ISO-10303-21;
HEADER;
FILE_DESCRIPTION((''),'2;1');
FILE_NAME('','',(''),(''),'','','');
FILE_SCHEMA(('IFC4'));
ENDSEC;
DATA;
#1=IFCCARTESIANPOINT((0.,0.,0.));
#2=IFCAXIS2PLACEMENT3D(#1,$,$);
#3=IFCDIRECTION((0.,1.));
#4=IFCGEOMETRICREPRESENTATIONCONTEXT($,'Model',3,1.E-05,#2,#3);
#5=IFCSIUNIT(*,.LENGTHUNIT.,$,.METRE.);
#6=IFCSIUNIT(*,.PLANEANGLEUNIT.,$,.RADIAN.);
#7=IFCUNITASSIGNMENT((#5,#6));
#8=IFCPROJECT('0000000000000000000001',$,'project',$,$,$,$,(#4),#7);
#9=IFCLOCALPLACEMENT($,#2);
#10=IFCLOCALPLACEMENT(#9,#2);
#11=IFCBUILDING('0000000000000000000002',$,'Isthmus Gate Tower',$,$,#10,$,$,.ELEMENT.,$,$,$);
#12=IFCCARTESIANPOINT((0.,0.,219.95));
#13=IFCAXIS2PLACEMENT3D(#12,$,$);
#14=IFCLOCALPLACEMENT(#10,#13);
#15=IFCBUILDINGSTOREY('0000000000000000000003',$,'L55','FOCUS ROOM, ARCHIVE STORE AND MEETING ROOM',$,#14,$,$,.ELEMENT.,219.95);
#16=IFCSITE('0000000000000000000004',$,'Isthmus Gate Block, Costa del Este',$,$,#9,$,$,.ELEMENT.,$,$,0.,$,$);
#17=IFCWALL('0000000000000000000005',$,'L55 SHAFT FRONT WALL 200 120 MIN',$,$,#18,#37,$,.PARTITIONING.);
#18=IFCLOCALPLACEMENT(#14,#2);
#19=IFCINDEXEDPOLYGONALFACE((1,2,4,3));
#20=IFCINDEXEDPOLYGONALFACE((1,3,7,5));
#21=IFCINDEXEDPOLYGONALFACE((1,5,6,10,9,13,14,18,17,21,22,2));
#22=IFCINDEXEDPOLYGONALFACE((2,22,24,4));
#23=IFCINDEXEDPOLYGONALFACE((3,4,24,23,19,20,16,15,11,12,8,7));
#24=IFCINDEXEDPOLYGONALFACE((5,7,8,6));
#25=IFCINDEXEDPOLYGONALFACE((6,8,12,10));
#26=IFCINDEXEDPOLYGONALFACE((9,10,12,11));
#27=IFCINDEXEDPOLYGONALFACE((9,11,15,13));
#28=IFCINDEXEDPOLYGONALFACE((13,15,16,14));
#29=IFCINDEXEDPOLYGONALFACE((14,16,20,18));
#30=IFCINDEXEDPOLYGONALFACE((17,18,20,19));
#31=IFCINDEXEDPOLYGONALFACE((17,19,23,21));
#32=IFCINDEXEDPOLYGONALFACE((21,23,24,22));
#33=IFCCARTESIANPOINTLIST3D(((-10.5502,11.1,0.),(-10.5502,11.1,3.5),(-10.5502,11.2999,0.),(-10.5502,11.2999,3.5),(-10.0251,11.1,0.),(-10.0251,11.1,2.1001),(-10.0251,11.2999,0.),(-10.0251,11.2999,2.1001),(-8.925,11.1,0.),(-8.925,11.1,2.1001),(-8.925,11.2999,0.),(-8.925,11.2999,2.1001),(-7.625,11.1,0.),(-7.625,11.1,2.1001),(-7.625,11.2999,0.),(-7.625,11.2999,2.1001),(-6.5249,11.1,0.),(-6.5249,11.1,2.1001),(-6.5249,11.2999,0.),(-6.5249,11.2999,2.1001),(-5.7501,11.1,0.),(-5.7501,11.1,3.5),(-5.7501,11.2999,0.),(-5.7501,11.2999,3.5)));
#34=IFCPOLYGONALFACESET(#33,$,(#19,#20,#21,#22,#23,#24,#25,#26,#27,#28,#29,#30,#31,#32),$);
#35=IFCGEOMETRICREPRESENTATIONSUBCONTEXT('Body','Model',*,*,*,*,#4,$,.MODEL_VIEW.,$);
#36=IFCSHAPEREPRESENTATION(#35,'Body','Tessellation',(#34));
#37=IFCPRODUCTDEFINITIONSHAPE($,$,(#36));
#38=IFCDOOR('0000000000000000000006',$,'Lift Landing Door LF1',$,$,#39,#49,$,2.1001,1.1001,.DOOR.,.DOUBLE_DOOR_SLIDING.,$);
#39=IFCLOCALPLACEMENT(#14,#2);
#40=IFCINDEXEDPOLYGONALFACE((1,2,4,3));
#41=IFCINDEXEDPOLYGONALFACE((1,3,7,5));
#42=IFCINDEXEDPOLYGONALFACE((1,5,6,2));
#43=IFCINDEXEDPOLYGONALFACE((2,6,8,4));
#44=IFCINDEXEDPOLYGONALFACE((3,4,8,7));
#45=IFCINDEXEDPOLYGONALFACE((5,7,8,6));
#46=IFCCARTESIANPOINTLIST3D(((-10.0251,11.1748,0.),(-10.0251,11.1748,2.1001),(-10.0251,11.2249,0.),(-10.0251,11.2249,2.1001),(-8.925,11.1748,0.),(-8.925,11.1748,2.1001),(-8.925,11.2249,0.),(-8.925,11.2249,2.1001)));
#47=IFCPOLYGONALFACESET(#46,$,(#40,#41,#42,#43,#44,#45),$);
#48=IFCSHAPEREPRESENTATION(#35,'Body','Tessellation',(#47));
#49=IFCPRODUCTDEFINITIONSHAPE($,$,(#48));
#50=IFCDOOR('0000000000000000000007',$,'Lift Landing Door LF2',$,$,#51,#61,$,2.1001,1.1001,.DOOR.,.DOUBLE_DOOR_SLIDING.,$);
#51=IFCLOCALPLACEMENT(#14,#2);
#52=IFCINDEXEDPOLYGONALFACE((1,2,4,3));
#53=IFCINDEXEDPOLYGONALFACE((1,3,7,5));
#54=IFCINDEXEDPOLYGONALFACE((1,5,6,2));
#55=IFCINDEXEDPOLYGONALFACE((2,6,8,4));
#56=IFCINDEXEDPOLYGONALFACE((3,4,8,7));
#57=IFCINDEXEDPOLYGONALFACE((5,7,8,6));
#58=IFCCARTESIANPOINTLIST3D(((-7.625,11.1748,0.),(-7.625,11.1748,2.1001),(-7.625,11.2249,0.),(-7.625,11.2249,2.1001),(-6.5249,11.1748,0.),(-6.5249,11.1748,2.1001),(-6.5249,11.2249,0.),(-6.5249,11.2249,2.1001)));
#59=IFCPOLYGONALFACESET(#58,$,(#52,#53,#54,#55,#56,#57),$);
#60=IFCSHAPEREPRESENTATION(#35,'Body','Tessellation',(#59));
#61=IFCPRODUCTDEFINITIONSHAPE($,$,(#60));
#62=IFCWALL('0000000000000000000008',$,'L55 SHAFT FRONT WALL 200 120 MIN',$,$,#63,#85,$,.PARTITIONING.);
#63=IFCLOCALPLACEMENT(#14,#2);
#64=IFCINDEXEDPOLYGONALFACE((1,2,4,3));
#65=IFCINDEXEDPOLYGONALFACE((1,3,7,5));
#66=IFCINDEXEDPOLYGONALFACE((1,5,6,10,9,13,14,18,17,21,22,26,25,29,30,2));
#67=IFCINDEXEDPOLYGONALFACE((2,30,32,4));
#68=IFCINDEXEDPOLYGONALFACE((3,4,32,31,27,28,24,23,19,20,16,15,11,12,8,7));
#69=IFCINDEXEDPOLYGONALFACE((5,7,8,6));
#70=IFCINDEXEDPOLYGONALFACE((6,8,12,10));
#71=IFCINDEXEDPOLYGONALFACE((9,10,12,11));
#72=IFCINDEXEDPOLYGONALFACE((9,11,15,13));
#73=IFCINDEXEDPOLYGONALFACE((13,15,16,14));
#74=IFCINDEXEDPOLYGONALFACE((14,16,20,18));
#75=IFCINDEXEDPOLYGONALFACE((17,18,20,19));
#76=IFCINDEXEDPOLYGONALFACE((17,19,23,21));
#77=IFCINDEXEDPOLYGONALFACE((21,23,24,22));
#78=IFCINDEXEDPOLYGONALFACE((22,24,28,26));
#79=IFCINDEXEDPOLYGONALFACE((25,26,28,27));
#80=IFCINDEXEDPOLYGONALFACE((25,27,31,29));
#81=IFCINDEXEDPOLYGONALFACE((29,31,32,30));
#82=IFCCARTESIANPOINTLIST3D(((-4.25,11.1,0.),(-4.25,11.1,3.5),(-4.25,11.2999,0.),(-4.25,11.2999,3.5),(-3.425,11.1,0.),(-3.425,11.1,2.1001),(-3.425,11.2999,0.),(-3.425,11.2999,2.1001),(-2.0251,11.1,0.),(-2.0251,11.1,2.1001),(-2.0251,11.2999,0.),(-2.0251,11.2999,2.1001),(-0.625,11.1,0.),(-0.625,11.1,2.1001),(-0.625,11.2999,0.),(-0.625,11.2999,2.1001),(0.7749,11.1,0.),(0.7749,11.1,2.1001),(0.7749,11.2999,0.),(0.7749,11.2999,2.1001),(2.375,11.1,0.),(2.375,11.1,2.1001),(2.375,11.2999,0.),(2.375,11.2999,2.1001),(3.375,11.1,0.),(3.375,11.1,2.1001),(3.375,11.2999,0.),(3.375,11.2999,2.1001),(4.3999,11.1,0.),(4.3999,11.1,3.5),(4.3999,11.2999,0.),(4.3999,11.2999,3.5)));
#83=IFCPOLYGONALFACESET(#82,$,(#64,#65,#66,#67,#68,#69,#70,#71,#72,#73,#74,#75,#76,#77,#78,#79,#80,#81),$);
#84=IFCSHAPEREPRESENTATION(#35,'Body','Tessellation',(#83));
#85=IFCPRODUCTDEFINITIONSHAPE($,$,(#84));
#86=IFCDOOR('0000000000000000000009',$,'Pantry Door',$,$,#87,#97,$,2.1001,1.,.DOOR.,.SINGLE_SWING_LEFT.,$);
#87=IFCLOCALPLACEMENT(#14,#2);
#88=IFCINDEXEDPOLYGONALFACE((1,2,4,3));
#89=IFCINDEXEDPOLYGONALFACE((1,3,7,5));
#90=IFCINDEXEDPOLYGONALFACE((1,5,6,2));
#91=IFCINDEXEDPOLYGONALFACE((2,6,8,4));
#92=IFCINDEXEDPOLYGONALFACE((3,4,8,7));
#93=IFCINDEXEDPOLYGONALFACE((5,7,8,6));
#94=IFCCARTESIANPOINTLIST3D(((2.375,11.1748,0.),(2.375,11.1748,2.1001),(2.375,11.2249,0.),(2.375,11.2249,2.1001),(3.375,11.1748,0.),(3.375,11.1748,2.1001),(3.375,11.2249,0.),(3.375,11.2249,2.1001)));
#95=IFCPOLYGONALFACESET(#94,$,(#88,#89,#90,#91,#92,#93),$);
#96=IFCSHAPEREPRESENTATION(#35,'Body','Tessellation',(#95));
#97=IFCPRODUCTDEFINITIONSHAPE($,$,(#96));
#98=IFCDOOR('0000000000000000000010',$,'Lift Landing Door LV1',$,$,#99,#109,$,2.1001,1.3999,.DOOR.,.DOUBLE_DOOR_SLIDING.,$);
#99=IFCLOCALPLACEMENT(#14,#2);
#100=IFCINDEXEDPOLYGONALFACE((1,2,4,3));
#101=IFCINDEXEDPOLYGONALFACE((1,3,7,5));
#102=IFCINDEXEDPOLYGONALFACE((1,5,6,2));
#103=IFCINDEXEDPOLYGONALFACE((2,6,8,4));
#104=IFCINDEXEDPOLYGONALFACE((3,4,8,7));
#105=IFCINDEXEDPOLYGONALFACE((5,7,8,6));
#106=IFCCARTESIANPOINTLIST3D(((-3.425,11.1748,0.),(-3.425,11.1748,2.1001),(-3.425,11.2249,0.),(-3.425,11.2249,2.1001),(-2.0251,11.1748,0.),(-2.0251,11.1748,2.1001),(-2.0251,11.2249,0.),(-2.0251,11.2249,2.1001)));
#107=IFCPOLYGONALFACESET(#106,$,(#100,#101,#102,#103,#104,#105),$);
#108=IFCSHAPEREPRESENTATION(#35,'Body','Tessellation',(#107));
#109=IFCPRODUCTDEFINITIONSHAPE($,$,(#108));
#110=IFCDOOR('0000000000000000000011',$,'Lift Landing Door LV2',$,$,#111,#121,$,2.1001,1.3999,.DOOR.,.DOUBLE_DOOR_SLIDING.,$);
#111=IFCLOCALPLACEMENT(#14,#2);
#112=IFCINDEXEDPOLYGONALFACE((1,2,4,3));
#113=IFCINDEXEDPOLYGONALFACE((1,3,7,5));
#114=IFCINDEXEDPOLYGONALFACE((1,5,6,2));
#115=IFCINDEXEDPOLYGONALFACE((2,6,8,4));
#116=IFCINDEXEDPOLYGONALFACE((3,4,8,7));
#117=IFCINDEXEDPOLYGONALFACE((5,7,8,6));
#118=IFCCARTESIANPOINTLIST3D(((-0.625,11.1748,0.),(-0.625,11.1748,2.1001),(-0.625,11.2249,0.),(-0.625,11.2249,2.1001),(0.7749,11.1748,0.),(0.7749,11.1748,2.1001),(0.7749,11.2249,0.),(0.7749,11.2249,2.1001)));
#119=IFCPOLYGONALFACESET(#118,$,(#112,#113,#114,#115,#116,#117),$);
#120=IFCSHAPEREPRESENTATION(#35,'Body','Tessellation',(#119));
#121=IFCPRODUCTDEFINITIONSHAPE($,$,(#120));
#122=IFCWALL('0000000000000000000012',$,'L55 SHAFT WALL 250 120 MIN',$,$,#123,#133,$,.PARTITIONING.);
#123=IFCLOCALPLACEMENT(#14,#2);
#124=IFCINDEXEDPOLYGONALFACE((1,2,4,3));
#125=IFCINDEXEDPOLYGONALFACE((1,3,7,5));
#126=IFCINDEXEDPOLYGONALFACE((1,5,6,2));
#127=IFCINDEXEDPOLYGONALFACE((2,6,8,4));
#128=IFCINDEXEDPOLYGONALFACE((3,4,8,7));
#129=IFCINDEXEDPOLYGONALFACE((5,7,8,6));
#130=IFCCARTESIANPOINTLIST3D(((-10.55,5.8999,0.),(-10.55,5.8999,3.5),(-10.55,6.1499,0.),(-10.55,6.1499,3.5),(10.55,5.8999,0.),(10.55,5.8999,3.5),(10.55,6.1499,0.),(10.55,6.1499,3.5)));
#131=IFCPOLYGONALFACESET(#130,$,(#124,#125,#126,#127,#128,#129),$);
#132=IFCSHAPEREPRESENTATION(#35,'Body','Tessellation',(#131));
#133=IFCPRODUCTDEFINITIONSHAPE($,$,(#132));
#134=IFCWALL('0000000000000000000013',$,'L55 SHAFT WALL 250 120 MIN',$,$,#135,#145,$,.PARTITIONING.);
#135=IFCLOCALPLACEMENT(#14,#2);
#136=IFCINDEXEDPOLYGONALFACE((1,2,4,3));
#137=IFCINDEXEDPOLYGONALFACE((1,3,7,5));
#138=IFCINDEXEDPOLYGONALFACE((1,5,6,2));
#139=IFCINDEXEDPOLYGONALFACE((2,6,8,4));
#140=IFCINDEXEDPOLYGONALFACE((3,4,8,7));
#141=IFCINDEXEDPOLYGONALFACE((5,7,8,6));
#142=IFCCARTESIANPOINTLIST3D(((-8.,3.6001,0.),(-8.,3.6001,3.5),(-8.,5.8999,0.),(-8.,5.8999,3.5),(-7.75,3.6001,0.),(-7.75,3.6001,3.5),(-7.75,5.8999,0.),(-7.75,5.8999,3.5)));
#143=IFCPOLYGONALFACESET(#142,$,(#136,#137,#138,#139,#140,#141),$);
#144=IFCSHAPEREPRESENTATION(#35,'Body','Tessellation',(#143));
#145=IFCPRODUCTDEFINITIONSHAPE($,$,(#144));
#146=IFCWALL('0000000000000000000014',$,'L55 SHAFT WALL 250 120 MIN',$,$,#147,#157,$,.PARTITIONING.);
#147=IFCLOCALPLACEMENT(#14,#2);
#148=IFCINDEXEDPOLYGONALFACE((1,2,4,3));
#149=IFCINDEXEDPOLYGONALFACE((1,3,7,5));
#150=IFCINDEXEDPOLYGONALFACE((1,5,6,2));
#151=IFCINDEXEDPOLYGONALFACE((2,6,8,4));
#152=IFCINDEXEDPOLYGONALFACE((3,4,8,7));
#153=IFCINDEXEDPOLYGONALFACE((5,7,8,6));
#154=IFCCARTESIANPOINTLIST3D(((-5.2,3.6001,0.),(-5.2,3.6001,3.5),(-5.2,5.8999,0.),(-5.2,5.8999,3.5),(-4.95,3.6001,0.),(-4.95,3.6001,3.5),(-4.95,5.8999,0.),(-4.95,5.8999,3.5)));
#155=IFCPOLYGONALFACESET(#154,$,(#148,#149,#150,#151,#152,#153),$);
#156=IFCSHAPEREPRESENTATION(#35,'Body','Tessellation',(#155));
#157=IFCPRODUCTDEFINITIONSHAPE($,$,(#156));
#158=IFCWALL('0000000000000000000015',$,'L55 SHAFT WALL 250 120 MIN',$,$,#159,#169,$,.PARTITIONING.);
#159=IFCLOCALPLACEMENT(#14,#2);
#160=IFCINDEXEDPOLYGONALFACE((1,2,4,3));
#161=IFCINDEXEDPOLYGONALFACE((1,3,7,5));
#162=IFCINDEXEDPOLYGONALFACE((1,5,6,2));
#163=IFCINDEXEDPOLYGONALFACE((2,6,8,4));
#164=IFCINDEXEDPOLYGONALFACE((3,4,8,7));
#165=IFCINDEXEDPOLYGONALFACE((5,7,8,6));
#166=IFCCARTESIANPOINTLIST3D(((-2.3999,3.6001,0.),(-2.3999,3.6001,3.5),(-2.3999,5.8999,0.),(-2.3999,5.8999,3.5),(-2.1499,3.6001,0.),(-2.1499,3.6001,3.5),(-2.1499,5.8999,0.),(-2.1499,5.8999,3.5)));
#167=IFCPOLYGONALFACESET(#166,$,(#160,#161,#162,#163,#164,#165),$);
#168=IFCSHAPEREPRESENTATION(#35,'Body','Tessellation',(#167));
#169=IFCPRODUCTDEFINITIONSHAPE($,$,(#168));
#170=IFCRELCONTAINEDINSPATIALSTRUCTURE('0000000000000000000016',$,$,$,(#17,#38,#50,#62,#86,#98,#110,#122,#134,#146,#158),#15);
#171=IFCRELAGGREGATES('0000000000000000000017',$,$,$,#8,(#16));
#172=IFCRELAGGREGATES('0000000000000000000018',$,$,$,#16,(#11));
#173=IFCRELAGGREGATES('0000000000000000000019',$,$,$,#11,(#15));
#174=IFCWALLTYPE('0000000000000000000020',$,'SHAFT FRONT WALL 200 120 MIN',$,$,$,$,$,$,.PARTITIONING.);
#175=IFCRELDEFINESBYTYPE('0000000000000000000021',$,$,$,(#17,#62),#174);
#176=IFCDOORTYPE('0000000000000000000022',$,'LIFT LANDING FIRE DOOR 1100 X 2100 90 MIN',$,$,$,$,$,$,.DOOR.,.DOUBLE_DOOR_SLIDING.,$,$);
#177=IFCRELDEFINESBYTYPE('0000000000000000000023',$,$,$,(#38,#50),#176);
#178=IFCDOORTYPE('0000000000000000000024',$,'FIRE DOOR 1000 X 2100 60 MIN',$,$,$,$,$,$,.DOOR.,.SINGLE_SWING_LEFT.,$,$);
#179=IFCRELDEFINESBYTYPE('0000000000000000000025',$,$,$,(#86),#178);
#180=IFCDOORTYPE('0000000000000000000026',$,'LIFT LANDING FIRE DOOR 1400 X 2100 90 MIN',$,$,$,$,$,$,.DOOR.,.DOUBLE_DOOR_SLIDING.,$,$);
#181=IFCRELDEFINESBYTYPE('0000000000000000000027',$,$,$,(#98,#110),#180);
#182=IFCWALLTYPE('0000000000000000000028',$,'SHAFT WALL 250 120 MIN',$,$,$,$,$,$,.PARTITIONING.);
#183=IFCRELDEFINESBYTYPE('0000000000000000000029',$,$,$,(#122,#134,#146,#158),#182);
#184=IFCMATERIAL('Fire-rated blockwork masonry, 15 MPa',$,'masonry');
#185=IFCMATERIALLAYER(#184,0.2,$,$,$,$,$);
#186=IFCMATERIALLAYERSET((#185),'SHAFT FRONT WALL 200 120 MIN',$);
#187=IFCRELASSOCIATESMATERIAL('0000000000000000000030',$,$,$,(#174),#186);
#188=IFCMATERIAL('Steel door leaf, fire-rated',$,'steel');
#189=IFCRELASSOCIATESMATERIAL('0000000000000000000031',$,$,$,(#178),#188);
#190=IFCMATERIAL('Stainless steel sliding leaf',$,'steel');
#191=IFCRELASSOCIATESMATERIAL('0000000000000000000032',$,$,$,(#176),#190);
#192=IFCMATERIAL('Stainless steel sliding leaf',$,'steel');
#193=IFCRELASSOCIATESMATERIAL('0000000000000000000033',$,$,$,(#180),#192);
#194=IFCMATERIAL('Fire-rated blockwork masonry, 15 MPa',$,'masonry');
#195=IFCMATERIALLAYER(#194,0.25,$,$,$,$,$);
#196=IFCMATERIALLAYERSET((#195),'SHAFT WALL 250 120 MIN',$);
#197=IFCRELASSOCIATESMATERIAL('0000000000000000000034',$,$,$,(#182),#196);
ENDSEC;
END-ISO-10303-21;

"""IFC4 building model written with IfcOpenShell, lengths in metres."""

from ifc_helpers import new_model, si_unit, direction, frame, frame_2d, origin, place, context, subcontext, project, spatial, rectangle, extrude, material, layer, layer_set, type_object, element, fill, save


model = new_model("IFC4")

# Units and contexts
model_context = context("Model", 3, precision=1e-05, world=origin(), true_north=direction((0.0, 1.0)))
body_context = subcontext(model_context, "Body", "Model", "MODEL_VIEW")
ifc_project = project(units=[si_unit("LENGTHUNIT", "METRE"), si_unit("PLANEANGLEUNIT", "RADIAN")], contexts=[model_context])

# Site, building, storey
site_placement = place(None, origin())
site = spatial("IfcSite", under=ifc_project, at=site_placement, Name="Isthmus Gate Block, Costa del Este", CompositionType="ELEMENT", RefElevation=0.0)
building_placement = place(site_placement, origin())
building = spatial("IfcBuilding", under=site, at=building_placement, Name="Isthmus Gate Tower", CompositionType="ELEMENT")
storey_placement = place(building_placement, frame((0.0, 0.0, 219.95)))
storey = spatial("IfcBuildingStorey", under=building, at=storey_placement, Name="L55", Description="FOCUS ROOM, ARCHIVE STORE AND MEETING ROOM", CompositionType="ELEMENT", Elevation=219.95)

# Walls, openings, doors
ifc_material_1 = material(Name="Fire-rated blockwork masonry, 15 MPa", Category="masonry")
ifc_layer_1 = layer(ifc_material_1, 0.2)
ifc_layer_set_1 = layer_set([ifc_layer_1], Name="SHAFT FRONT WALL 200 120 MIN")
wall_type_1 = type_object("IfcWallType", Name="SHAFT FRONT WALL 200 120 MIN", PredefinedType="PARTITIONING", material=ifc_layer_set_1)
ifc_material_2 = material(Name="Steel door leaf, fire-rated", Category="steel")
door_type_1 = type_object("IfcDoorType", Name="FIRE DOOR 1000 X 2100 60 MIN", OperationType="SINGLE_SWING_LEFT", PredefinedType="DOOR", material=ifc_material_2)
wall_1_placement = place(storey_placement, frame((-10.55, 11.2, 0.0), z_axis=(0.0, 0.0, 1.0), x_axis=(1.0, 0.0, 0.0)))
wall_1 = element("IfcWall", 1, at=wall_1_placement, inside=storey, type_object=wall_type_1, Name="L55 SHAFT FRONT WALL 200 120 MIN", PredefinedType="PARTITIONING", context=body_context, shape_type="SweptSolid", body=[
    extrude(rectangle(XDim=4.8, YDim=0.2, at=frame_2d((2.3999, 0.0))), origin(), (0.0, 0.0, 1.0), 3.5),
])
opening_1_placement = place(wall_1_placement, frame((0.5249, 0.0, 0.0)))
opening_1 = element("IfcOpeningElement", 2, at=opening_1_placement, cuts=wall_1, PredefinedType="OPENING", context=body_context, shape_type="SweptSolid", body=[
    extrude(rectangle(XDim=1.1001, YDim=2.1001, at=frame_2d((0.55, 1.05))), frame((0.0, 0.1099, 0.0), z_axis=(0.0, -1.0, 0.0), x_axis=(1.0, 0.0, 0.0)), (0.0, 0.0, 1.0), 0.22),
])
opening_2_placement = place(wall_1_placement, frame((2.925, 0.0, 0.0)))
opening_2 = element("IfcOpeningElement", 3, at=opening_2_placement, cuts=wall_1, PredefinedType="OPENING", context=body_context, shape_type="SweptSolid", body=[
    extrude(rectangle(XDim=1.1001, YDim=2.1001, at=frame_2d((0.55, 1.05))), frame((0.0, 0.1099, 0.0), z_axis=(0.0, -1.0, 0.0), x_axis=(1.0, 0.0, 0.0)), (0.0, 0.0, 1.0), 0.22),
])
ifc_material_3 = material(Name="Stainless steel sliding leaf", Category="steel")
door_type_2 = type_object("IfcDoorType", Name="LIFT LANDING FIRE DOOR 1100 X 2100 90 MIN", OperationType="DOUBLE_DOOR_SLIDING", PredefinedType="DOOR", material=ifc_material_3)
door_1_placement = place(opening_1_placement, origin())
door_1 = element("IfcDoor", 4, at=door_1_placement, inside=storey, type_object=door_type_2, Name="Lift Landing Door LF1", OperationType="DOUBLE_DOOR_SLIDING", OverallHeight=2.1001, OverallWidth=1.1001, PredefinedType="DOOR", context=body_context, shape_type="SweptSolid", body=[
    extrude(rectangle(XDim=1.1001, YDim=2.1001, at=frame_2d((0.55, 1.05))), frame((0.0, 0.0249, 0.0), z_axis=(0.0, -1.0, 0.0), x_axis=(1.0, 0.0, 0.0)), (0.0, 0.0, 1.0), 0.05),
])
fill(opening_1, door_1)
door_2_placement = place(opening_2_placement, origin())
door_2 = element("IfcDoor", 5, at=door_2_placement, inside=storey, type_object=door_type_2, Name="Lift Landing Door LF2", OperationType="DOUBLE_DOOR_SLIDING", OverallHeight=2.1001, OverallWidth=1.1001, PredefinedType="DOOR", context=body_context, shape_type="SweptSolid", body=[
    extrude(rectangle(XDim=1.1001, YDim=2.1001, at=frame_2d((0.55, 1.05))), frame((0.0, 0.0249, 0.0), z_axis=(0.0, -1.0, 0.0), x_axis=(1.0, 0.0, 0.0)), (0.0, 0.0, 1.0), 0.05),
])
fill(opening_2, door_2)
wall_2_placement = place(storey_placement, frame((-4.25, 11.2, 0.0), z_axis=(0.0, 0.0, 1.0), x_axis=(1.0, 0.0, 0.0)))
wall_2 = element("IfcWall", 6, at=wall_2_placement, inside=storey, type_object=wall_type_1, Name="L55 SHAFT FRONT WALL 200 120 MIN", PredefinedType="PARTITIONING", context=body_context, shape_type="SweptSolid", body=[
    extrude(rectangle(XDim=8.6499, YDim=0.2, at=frame_2d((4.325, 0.0))), origin(), (0.0, 0.0, 1.0), 3.5),
])
opening_3_placement = place(wall_2_placement, frame((0.825, 0.0, 0.0)))
opening_3 = element("IfcOpeningElement", 7, at=opening_3_placement, cuts=wall_2, PredefinedType="OPENING", context=body_context, shape_type="SweptSolid", body=[
    extrude(rectangle(XDim=1.3999, YDim=2.1001, at=frame_2d((0.7, 1.05))), frame((0.0, 0.1099, 0.0), z_axis=(0.0, -1.0, 0.0), x_axis=(1.0, 0.0, 0.0)), (0.0, 0.0, 1.0), 0.22),
])
opening_4_placement = place(wall_2_placement, frame((3.625, 0.0, 0.0)))
opening_4 = element("IfcOpeningElement", 8, at=opening_4_placement, cuts=wall_2, PredefinedType="OPENING", context=body_context, shape_type="SweptSolid", body=[
    extrude(rectangle(XDim=1.3999, YDim=2.1001, at=frame_2d((0.7, 1.05))), frame((0.0, 0.1099, 0.0), z_axis=(0.0, -1.0, 0.0), x_axis=(1.0, 0.0, 0.0)), (0.0, 0.0, 1.0), 0.22),
])
opening_5_placement = place(wall_2_placement, frame((6.625, 0.0, 0.0)))
opening_5 = element("IfcOpeningElement", 9, at=opening_5_placement, cuts=wall_2, PredefinedType="OPENING", context=body_context, shape_type="SweptSolid", body=[
    extrude(rectangle(XDim=1.0, YDim=2.1001, at=frame_2d((0.5, 1.05))), frame((0.0, 0.1099, 0.0), z_axis=(0.0, -1.0, 0.0), x_axis=(1.0, 0.0, 0.0)), (0.0, 0.0, 1.0), 0.22),
])
door_3_placement = place(opening_5_placement, origin())
door_3 = element("IfcDoor", 10, at=door_3_placement, inside=storey, type_object=door_type_1, Name="Pantry Door", OperationType="SINGLE_SWING_LEFT", OverallHeight=2.1001, OverallWidth=1.0, PredefinedType="DOOR", context=body_context, shape_type="SweptSolid", body=[
    extrude(rectangle(XDim=1.0, YDim=2.1001, at=frame_2d((0.5, 1.05))), frame((0.0, 0.0249, 0.0), z_axis=(0.0, -1.0, 0.0), x_axis=(1.0, 0.0, 0.0)), (0.0, 0.0, 1.0), 0.05),
])
fill(opening_5, door_3)
ifc_material_4 = material(Name="Stainless steel sliding leaf", Category="steel")
door_type_3 = type_object("IfcDoorType", Name="LIFT LANDING FIRE DOOR 1400 X 2100 90 MIN", OperationType="DOUBLE_DOOR_SLIDING", PredefinedType="DOOR", material=ifc_material_4)
door_4_placement = place(opening_3_placement, origin())
door_4 = element("IfcDoor", 11, at=door_4_placement, inside=storey, type_object=door_type_3, Name="Lift Landing Door LV1", OperationType="DOUBLE_DOOR_SLIDING", OverallHeight=2.1001, OverallWidth=1.3999, PredefinedType="DOOR", context=body_context, shape_type="SweptSolid", body=[
    extrude(rectangle(XDim=1.3999, YDim=2.1001, at=frame_2d((0.7, 1.05))), frame((0.0, 0.0249, 0.0), z_axis=(0.0, -1.0, 0.0), x_axis=(1.0, 0.0, 0.0)), (0.0, 0.0, 1.0), 0.05),
])
fill(opening_3, door_4)
door_5_placement = place(opening_4_placement, origin())
door_5 = element("IfcDoor", 12, at=door_5_placement, inside=storey, type_object=door_type_3, Name="Lift Landing Door LV2", OperationType="DOUBLE_DOOR_SLIDING", OverallHeight=2.1001, OverallWidth=1.3999, PredefinedType="DOOR", context=body_context, shape_type="SweptSolid", body=[
    extrude(rectangle(XDim=1.3999, YDim=2.1001, at=frame_2d((0.7, 1.05))), frame((0.0, 0.0249, 0.0), z_axis=(0.0, -1.0, 0.0), x_axis=(1.0, 0.0, 0.0)), (0.0, 0.0, 1.0), 0.05),
])
fill(opening_4, door_5)

# Walls
ifc_material_5 = material(Name="Fire-rated blockwork masonry, 15 MPa", Category="masonry")
ifc_layer_2 = layer(ifc_material_5, 0.25)
ifc_layer_set_2 = layer_set([ifc_layer_2], Name="SHAFT WALL 250 120 MIN")
wall_type_2 = type_object("IfcWallType", Name="SHAFT WALL 250 120 MIN", PredefinedType="PARTITIONING", material=ifc_layer_set_2)
wall_3_placement = place(storey_placement, frame((-10.55, 6.0249, 0.0), z_axis=(0.0, 0.0, 1.0), x_axis=(1.0, 0.0, 0.0)))
element("IfcWall", 13, at=wall_3_placement, inside=storey, type_object=wall_type_2, Name="L55 SHAFT WALL 250 120 MIN", PredefinedType="PARTITIONING", context=body_context, shape_type="SweptSolid", body=[
    extrude(rectangle(XDim=21.1001, YDim=0.25, at=frame_2d((10.55, 0.0))), origin(), (0.0, 0.0, 1.0), 3.5),
])
for number, where, z_axis, x_axis, name in (
    (14, (-7.875, 3.6001, 0.0), (0.0, 0.0, 1.0), (0.0, 1.0, 0.0), "L55 SHAFT WALL 250 120 MIN"),
    (15, (-5.075, 3.6001, 0.0), (0.0, 0.0, 1.0), (0.0, 1.0, 0.0), "L55 SHAFT WALL 250 120 MIN"),
    (16, (-2.2749, 3.6001, 0.0), (0.0, 0.0, 1.0), (0.0, 1.0, 0.0), "L55 SHAFT WALL 250 120 MIN"),
):
    element("IfcWall", number, at=place(storey_placement, frame(where, z_axis=z_axis, x_axis=x_axis)), inside=storey, type_object=wall_type_2, Name=name, PredefinedType="PARTITIONING", context=body_context, shape_type="SweptSolid", body=[
        extrude(rectangle(XDim=2.2998, YDim=0.25, at=frame_2d((1.1499, 0.0))), origin(), (0.0, 0.0, 1.0), 3.5),
    ])

save(model, "model.ifc")
